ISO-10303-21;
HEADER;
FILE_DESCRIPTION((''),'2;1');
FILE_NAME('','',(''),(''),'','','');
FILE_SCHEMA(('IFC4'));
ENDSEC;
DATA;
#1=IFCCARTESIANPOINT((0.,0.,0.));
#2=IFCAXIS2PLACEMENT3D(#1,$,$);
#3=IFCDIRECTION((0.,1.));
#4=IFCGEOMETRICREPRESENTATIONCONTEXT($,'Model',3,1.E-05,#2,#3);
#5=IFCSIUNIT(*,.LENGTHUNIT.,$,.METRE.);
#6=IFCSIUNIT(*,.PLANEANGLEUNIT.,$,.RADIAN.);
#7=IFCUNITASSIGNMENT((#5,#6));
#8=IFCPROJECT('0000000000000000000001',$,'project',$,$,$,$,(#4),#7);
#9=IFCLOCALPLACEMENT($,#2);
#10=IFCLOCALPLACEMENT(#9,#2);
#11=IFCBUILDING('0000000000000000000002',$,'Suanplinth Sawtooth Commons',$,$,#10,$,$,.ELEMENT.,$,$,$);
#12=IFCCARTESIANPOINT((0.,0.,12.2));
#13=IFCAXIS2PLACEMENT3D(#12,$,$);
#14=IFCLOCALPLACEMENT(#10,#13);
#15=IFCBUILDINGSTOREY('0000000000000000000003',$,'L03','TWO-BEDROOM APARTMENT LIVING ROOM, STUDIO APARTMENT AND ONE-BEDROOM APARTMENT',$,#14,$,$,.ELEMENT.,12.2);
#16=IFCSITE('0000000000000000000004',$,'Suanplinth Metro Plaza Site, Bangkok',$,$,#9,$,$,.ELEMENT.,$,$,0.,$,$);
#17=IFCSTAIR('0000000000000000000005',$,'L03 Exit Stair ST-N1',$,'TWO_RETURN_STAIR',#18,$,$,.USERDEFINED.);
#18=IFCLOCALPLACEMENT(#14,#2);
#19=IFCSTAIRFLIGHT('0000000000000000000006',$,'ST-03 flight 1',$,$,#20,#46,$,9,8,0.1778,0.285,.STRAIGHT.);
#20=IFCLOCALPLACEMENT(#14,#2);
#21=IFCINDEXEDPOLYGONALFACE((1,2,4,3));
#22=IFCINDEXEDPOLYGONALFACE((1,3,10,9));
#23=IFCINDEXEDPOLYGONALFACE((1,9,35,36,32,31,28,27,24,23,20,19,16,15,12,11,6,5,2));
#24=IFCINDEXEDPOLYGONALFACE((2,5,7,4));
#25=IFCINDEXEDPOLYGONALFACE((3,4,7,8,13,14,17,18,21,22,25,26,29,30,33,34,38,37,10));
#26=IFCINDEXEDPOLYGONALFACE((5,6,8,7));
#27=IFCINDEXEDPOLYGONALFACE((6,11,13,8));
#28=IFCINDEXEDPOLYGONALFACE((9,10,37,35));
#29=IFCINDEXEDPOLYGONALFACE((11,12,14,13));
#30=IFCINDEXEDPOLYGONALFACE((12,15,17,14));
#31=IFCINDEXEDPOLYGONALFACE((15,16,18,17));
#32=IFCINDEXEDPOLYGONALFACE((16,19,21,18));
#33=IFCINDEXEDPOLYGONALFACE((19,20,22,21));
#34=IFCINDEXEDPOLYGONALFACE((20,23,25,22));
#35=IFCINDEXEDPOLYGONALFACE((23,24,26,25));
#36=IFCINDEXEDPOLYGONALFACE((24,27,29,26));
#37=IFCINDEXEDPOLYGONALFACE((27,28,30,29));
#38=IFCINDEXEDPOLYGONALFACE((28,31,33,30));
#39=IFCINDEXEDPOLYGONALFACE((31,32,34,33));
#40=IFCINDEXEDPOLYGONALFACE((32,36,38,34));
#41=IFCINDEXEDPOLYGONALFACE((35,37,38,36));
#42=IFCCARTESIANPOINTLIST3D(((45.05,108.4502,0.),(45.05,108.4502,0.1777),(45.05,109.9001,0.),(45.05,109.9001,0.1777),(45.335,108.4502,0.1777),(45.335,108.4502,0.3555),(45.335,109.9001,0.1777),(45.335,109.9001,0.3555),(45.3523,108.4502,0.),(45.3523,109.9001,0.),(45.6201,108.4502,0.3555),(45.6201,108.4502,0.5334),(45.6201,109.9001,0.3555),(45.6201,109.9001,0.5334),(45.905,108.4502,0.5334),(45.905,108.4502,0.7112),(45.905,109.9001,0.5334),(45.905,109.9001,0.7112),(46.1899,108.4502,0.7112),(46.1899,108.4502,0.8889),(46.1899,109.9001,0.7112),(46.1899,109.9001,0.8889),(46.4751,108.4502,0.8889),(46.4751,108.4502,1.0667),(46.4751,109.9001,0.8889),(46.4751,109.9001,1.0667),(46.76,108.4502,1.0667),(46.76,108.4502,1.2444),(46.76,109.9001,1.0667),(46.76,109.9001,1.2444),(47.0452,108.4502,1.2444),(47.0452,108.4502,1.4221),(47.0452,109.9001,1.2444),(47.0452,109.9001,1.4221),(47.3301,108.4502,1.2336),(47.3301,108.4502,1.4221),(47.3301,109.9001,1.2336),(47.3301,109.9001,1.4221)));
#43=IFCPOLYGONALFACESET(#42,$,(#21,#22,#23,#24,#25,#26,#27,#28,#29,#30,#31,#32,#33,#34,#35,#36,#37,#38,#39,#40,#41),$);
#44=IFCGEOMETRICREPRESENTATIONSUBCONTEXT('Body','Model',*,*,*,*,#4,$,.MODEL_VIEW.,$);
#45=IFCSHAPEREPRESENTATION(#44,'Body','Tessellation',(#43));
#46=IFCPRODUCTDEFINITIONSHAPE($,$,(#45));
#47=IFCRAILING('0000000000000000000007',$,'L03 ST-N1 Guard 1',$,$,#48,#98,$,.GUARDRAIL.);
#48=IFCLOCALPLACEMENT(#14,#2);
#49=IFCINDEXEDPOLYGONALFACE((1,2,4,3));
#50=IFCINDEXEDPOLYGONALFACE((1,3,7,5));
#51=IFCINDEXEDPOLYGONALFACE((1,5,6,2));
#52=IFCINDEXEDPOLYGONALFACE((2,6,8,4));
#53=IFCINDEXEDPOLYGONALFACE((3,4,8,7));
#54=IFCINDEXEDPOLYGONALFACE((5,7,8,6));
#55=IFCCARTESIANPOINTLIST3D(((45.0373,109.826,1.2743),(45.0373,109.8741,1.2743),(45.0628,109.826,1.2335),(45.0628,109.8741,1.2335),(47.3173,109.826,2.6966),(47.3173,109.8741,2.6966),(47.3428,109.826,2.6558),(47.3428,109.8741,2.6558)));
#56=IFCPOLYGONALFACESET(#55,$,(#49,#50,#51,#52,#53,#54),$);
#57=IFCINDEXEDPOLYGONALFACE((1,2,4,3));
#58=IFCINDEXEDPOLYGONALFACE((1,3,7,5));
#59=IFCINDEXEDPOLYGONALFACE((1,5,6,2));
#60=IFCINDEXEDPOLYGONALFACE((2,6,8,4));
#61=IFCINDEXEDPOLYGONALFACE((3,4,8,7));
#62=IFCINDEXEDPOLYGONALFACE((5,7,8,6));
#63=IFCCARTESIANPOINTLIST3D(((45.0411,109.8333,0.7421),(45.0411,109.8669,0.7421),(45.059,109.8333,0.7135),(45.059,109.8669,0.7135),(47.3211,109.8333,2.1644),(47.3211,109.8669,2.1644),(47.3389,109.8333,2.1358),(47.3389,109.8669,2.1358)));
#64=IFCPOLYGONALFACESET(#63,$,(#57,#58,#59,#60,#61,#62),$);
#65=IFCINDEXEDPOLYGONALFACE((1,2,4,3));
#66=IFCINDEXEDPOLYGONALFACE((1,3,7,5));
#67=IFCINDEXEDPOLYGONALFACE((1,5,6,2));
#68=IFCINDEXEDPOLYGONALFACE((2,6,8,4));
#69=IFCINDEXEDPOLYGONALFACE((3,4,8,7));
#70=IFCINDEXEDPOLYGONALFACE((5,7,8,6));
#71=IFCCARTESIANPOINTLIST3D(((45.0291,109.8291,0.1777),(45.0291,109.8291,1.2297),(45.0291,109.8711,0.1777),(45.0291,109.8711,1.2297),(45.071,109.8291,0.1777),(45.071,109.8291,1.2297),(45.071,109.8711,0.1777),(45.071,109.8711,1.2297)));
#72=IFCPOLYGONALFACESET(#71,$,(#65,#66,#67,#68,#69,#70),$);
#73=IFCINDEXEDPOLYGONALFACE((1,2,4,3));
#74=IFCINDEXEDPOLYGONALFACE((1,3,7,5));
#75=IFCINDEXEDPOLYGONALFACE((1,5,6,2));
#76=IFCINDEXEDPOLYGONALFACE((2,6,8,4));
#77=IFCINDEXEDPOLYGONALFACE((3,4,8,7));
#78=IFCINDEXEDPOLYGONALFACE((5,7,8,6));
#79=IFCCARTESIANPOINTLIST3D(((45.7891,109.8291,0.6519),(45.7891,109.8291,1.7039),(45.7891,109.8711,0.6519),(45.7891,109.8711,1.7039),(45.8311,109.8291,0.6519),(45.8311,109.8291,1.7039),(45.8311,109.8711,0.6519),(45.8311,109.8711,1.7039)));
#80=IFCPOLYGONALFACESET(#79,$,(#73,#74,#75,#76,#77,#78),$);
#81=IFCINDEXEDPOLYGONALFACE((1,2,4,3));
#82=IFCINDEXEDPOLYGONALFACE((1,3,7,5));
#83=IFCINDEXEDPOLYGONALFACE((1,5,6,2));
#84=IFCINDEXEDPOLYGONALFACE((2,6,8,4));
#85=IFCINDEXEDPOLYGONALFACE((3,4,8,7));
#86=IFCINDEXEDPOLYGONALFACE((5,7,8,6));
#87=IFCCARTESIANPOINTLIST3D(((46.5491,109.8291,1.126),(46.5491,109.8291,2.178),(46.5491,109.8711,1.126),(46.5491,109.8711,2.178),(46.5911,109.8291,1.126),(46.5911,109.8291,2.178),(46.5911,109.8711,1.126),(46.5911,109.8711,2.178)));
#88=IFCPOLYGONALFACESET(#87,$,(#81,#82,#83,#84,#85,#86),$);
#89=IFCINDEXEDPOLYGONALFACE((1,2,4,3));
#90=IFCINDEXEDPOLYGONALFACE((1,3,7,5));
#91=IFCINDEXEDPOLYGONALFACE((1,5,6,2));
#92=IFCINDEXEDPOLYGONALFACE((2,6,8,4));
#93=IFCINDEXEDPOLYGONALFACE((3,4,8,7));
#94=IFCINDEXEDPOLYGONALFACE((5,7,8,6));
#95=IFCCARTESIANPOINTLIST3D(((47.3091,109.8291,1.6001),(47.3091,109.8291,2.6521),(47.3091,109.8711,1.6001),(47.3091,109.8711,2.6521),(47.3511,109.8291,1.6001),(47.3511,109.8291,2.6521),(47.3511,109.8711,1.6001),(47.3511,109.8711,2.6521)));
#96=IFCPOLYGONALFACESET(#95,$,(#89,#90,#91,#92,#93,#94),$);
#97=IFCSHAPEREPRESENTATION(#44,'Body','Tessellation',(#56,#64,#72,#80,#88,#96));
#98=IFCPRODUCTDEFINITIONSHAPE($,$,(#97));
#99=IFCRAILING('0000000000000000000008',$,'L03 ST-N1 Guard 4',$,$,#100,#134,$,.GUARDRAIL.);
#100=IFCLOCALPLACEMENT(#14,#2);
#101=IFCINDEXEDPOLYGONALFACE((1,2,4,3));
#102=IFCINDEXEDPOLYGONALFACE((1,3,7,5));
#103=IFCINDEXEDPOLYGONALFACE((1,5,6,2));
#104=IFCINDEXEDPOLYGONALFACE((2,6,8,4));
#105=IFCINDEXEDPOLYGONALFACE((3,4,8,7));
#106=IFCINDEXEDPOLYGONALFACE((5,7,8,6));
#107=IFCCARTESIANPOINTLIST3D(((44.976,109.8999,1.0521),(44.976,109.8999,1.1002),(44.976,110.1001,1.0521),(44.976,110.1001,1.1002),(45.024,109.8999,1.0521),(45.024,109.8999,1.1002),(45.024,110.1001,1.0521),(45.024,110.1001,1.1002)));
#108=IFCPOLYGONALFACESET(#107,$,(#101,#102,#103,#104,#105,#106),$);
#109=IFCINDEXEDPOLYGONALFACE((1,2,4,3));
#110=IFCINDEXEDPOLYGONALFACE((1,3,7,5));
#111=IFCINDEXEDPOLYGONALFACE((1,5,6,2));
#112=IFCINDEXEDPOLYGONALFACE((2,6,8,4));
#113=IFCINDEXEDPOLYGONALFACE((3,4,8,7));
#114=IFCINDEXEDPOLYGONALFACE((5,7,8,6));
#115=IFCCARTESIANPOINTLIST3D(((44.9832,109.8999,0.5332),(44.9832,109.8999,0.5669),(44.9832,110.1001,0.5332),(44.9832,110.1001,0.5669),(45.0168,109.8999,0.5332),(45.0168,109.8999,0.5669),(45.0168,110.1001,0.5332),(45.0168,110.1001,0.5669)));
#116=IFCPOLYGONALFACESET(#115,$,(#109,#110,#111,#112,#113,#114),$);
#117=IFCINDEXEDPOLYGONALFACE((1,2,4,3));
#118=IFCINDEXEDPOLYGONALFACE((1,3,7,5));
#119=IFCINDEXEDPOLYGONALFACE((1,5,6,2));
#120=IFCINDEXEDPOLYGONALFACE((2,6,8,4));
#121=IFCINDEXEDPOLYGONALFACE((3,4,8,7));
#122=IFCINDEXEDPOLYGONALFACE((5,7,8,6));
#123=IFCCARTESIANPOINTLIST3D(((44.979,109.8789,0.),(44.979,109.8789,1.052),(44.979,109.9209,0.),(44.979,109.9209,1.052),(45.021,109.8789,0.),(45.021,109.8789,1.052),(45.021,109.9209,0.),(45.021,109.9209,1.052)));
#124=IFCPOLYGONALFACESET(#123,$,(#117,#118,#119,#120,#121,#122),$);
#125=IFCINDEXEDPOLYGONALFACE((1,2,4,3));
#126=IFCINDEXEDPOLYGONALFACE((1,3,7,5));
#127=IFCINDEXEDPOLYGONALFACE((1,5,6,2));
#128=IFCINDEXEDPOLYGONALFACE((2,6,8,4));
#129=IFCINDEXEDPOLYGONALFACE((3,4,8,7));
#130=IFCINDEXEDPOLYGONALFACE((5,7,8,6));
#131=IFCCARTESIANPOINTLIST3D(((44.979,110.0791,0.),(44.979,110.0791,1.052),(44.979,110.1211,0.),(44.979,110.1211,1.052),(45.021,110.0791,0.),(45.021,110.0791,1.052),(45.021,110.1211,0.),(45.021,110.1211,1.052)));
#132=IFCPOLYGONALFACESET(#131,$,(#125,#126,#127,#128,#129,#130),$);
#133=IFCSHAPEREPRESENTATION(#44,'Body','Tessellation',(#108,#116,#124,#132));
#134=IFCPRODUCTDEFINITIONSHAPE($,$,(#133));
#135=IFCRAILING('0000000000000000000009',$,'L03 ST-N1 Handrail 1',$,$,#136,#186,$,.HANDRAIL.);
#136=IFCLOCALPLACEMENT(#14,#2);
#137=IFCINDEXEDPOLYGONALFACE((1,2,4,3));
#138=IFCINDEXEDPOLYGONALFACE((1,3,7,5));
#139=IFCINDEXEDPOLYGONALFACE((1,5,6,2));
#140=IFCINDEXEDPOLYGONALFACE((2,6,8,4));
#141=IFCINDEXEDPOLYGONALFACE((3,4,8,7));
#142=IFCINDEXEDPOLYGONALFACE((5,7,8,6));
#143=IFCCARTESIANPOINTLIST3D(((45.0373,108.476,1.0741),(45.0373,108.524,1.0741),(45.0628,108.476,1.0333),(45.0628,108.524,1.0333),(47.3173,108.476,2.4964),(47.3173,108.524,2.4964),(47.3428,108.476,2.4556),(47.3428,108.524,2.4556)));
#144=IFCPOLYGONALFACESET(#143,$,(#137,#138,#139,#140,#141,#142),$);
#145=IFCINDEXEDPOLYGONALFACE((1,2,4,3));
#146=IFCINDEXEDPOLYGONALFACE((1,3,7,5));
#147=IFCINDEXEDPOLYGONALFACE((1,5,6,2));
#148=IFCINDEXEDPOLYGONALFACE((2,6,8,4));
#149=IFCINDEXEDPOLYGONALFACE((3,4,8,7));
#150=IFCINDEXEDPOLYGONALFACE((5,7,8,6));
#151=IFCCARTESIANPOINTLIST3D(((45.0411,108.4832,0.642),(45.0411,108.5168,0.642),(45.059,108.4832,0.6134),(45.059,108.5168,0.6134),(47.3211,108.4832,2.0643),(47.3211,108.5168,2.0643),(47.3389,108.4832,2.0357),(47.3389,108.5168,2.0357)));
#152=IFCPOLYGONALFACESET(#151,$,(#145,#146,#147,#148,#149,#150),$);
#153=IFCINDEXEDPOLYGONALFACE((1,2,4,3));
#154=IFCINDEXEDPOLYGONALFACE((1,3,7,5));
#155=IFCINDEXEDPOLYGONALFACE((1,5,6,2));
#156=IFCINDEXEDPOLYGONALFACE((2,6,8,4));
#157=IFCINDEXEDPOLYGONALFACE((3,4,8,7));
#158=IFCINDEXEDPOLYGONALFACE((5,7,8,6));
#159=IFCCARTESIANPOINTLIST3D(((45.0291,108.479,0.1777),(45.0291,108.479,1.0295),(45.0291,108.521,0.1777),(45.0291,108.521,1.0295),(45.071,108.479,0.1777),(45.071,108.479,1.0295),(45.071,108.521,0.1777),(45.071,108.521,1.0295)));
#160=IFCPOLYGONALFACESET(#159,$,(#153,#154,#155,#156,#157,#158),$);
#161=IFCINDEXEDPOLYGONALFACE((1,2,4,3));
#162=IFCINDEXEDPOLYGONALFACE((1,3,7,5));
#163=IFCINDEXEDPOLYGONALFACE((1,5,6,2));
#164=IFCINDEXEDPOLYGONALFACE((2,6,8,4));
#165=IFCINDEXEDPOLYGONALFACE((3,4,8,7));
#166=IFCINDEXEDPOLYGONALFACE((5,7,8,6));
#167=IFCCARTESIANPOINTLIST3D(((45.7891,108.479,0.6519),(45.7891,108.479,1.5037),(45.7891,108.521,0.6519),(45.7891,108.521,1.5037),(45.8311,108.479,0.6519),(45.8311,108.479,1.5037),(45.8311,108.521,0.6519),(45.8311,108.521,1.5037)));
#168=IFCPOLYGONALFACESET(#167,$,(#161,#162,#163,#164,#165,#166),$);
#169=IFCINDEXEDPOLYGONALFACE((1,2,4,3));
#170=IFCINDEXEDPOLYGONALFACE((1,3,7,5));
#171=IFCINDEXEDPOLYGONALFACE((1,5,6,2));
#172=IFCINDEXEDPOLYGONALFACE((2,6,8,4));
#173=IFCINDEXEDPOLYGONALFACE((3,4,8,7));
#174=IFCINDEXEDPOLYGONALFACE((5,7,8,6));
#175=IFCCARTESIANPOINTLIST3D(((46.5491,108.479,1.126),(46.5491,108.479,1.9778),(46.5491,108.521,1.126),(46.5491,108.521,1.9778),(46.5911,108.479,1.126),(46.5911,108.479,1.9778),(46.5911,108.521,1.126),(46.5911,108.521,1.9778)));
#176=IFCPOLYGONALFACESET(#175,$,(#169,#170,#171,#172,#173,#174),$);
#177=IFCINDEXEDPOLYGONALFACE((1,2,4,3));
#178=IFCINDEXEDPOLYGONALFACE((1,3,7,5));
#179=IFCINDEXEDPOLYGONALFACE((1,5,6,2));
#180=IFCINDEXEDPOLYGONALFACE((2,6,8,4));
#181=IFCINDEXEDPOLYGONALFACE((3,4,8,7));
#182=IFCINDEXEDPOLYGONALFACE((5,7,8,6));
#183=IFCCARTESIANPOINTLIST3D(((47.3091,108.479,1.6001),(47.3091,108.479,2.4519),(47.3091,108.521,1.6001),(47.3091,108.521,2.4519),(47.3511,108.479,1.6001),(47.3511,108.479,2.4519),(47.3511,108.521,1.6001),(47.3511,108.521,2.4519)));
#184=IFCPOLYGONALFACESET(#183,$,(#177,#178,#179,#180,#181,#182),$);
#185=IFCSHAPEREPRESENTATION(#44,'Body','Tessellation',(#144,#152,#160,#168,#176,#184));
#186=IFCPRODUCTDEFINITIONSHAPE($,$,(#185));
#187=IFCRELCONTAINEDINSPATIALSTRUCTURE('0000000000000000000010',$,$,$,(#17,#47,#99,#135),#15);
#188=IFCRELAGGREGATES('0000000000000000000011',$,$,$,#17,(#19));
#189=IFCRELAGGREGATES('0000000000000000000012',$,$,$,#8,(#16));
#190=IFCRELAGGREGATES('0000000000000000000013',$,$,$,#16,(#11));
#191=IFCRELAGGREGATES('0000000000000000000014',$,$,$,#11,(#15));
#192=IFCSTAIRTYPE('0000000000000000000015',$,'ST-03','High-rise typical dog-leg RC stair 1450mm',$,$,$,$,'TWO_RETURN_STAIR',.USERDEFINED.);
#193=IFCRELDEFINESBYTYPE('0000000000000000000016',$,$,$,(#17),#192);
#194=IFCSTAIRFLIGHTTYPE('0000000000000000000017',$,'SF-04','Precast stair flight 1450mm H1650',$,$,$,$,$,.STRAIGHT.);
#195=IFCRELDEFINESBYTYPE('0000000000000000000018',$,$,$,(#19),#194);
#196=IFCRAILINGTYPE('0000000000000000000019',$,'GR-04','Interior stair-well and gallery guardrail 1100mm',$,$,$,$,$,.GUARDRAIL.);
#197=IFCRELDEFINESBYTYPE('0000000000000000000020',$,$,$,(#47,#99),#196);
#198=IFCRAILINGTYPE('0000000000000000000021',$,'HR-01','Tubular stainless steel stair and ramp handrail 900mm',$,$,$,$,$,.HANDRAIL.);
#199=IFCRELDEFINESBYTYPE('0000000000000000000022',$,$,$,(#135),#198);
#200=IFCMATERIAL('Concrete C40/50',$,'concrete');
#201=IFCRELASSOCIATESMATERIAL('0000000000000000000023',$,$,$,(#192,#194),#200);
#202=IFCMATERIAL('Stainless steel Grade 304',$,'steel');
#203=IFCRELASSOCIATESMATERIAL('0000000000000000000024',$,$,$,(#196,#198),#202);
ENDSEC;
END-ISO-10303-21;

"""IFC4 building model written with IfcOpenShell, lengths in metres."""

from ifc_helpers import new_model, si_unit, direction, frame, origin, origin_2d, place, context, subcontext, project, spatial, polyline, rectangle, outline, extrude, material, type_object, element, aggregate, save


model = new_model("IFC4")

# Units and contexts
model_context = context("Model", 3, precision=1e-05, world=origin(), true_north=direction((0.0, 1.0)))
body_context = subcontext(model_context, "Body", "Model", "MODEL_VIEW")
ifc_project = project(units=[si_unit("LENGTHUNIT", "METRE"), si_unit("PLANEANGLEUNIT", "RADIAN")], contexts=[model_context])

# Site, building, storey
site_placement = place(None, origin())
site = spatial("IfcSite", under=ifc_project, at=site_placement, Name="Suanplinth Metro Plaza Site, Bangkok", CompositionType="ELEMENT", RefElevation=0.0)
building_placement = place(site_placement, origin())
building = spatial("IfcBuilding", under=site, at=building_placement, Name="Suanplinth Sawtooth Commons", CompositionType="ELEMENT")
storey_placement = place(building_placement, frame((0.0, 0.0, 12.2)))
storey = spatial("IfcBuildingStorey", under=building, at=storey_placement, Name="L03", Description="TWO-BEDROOM APARTMENT LIVING ROOM, STUDIO APARTMENT AND ONE-BEDROOM APARTMENT", CompositionType="ELEMENT", Elevation=12.2)

# Shared definitions
ifc_material_1 = material(Name="Concrete C40/50", Category="concrete")

# Stair, stair flight
stair_type = type_object("IfcStairType", Name="ST-03", Description="High-rise typical dog-leg RC stair 1450mm", ElementType="TWO_RETURN_STAIR", PredefinedType="USERDEFINED", material=ifc_material_1)
stair_placement = place(storey_placement, origin())
stair = element("IfcStair", 1, at=stair_placement, inside=storey, type_object=stair_type, Name="L03 Exit Stair ST-N1", ObjectType="TWO_RETURN_STAIR", PredefinedType="USERDEFINED")
stair_flight_type = type_object("IfcStairFlightType", Name="SF-04", Description="Precast stair flight 1450mm H1650", PredefinedType="STRAIGHT", material=ifc_material_1)
stair_flight_placement = place(storey_placement, frame((45.05, 109.175, 0.0), z_axis=(0.0, 0.0, 1.0), x_axis=(1.0, 0.0, 0.0)))
stair_flight = element("IfcStairFlight", 2, at=stair_flight_placement, type_object=stair_flight_type, Name="ST-03 flight 1", NumberOfRisers=9, NumberOfTreads=8, PredefinedType="STRAIGHT", RiserHeight=0.1778, TreadLength=0.285, context=body_context, shape_type="SweptSolid", body=[
    extrude(outline(polyline([(0.0, 0.0), (0.0, 0.1777), (0.2849, 0.1777), (0.2849, 0.3555), (0.5701, 0.3555), (0.5701, 0.5334), (0.855, 0.5334), (0.855, 0.7112), (1.1399, 0.7112), (1.1399, 0.8889), (1.425, 0.8889), (1.425, 1.0667), (1.71, 1.0667), (1.71, 1.2444), (1.9951, 1.2444), (1.9951, 1.4221), (2.28, 1.4221), (2.28, 1.6001), (2.28, 1.2336), (0.3022, 0.0), (0.0, 0.0)])), frame((0.0, 0.7251, 0.0), z_axis=(0.0, -1.0, 0.0), x_axis=(1.0, 0.0, 0.0)), (0.0, 0.0, 1.0), 1.45),
])
aggregate(stair, [stair_flight])

# Railings
ifc_material_2 = material(Name="Stainless steel Grade 304", Category="steel")
railing_type_1 = type_object("IfcRailingType", Name="GR-04", Description="Interior stair-well and gallery guardrail 1100mm", PredefinedType="GUARDRAIL", material=ifc_material_2)
railing_1_placement = place(storey_placement, frame((45.05, 109.8501, 0.1777)))
element("IfcRailing", 3, at=railing_1_placement, inside=storey, type_object=railing_type_1, Name="L03 ST-N1 Guard 1", PredefinedType="GUARDRAIL", context=body_context, shape_type="SweptSolid", body=[
    extrude(rectangle(XDim=0.0481, YDim=0.0481, at=origin_2d()), frame((0.0, 0.0, 1.0762), z_axis=(0.848442, 0.0, 0.529288), x_axis=(0.0, 1.0, 0.0)), (0.0, 0.0, 1.0), 2.6873),
    extrude(rectangle(XDim=0.0337, YDim=0.0337, at=origin_2d()), frame((0.0, 0.0, 0.55), z_axis=(0.848442, 0.0, 0.529288), x_axis=(0.0, 1.0, 0.0)), (0.0, 0.0, 1.0), 2.6873),
    extrude(rectangle(XDim=0.042, YDim=0.042, at=origin_2d()), origin(), (0.0, 0.0, 1.0), 1.052),
    extrude(rectangle(XDim=0.042, YDim=0.042, at=origin_2d()), frame((0.76, 0.0, 0.4741)), (0.0, 0.0, 1.0), 1.052),
    extrude(rectangle(XDim=0.042, YDim=0.042, at=origin_2d()), frame((1.52, 0.0, 0.9482)), (0.0, 0.0, 1.0), 1.052),
    extrude(rectangle(XDim=0.042, YDim=0.042, at=origin_2d()), frame((2.28, 0.0, 1.4224)), (0.0, 0.0, 1.0), 1.052),
])
railing_2_placement = place(storey_placement, frame((45.0, 109.8999, 0.0)))
element("IfcRailing", 4, at=railing_2_placement, inside=storey, type_object=railing_type_1, Name="L03 ST-N1 Guard 4", PredefinedType="GUARDRAIL", context=body_context, shape_type="SweptSolid", body=[
    extrude(rectangle(XDim=0.0481, YDim=0.0481, at=origin_2d()), frame((0.0, 0.0, 1.0762), z_axis=(0.0, 1.0, 0.0), x_axis=(-1.0, 0.0, 0.0)), (0.0, 0.0, 1.0), 0.2002),
    extrude(rectangle(XDim=0.0337, YDim=0.0337, at=origin_2d()), frame((0.0, 0.0, 0.55), z_axis=(0.0, 1.0, 0.0), x_axis=(-1.0, 0.0, 0.0)), (0.0, 0.0, 1.0), 0.2002),
    extrude(rectangle(XDim=0.042, YDim=0.042, at=origin_2d()), origin(), (0.0, 0.0, 1.0), 1.052),
    extrude(rectangle(XDim=0.042, YDim=0.042, at=origin_2d()), frame((0.0, 0.2002, 0.0)), (0.0, 0.0, 1.0), 1.052),
])
railing_type_2 = type_object("IfcRailingType", Name="HR-01", Description="Tubular stainless steel stair and ramp handrail 900mm", PredefinedType="HANDRAIL", material=ifc_material_2)
railing_3_placement = place(storey_placement, frame((45.05, 108.5, 0.1777)))
element("IfcRailing", 5, at=railing_3_placement, inside=storey, type_object=railing_type_2, Name="L03 ST-N1 Handrail 1", PredefinedType="HANDRAIL", context=body_context, shape_type="SweptSolid", body=[
    extrude(rectangle(XDim=0.0481, YDim=0.0481, at=origin_2d()), frame((0.0, 0.0, 0.876), z_axis=(0.848442, 0.0, 0.529288), x_axis=(0.0, 1.0, 0.0)), (0.0, 0.0, 1.0), 2.6873),
    extrude(rectangle(XDim=0.0337, YDim=0.0337, at=origin_2d()), frame((0.0, 0.0, 0.45), z_axis=(0.848442, 0.0, 0.529288), x_axis=(0.0, 1.0, 0.0)), (0.0, 0.0, 1.0), 2.6873),
    extrude(rectangle(XDim=0.042, YDim=0.042, at=origin_2d()), origin(), (0.0, 0.0, 1.0), 0.8518),
    extrude(rectangle(XDim=0.042, YDim=0.042, at=origin_2d()), frame((0.76, 0.0, 0.4741)), (0.0, 0.0, 1.0), 0.8518),
    extrude(rectangle(XDim=0.042, YDim=0.042, at=origin_2d()), frame((1.52, 0.0, 0.9482)), (0.0, 0.0, 1.0), 0.8518),
    extrude(rectangle(XDim=0.042, YDim=0.042, at=origin_2d()), frame((2.28, 0.0, 1.4224)), (0.0, 0.0, 1.0), 0.8518),
])

save(model, "model.ifc")
